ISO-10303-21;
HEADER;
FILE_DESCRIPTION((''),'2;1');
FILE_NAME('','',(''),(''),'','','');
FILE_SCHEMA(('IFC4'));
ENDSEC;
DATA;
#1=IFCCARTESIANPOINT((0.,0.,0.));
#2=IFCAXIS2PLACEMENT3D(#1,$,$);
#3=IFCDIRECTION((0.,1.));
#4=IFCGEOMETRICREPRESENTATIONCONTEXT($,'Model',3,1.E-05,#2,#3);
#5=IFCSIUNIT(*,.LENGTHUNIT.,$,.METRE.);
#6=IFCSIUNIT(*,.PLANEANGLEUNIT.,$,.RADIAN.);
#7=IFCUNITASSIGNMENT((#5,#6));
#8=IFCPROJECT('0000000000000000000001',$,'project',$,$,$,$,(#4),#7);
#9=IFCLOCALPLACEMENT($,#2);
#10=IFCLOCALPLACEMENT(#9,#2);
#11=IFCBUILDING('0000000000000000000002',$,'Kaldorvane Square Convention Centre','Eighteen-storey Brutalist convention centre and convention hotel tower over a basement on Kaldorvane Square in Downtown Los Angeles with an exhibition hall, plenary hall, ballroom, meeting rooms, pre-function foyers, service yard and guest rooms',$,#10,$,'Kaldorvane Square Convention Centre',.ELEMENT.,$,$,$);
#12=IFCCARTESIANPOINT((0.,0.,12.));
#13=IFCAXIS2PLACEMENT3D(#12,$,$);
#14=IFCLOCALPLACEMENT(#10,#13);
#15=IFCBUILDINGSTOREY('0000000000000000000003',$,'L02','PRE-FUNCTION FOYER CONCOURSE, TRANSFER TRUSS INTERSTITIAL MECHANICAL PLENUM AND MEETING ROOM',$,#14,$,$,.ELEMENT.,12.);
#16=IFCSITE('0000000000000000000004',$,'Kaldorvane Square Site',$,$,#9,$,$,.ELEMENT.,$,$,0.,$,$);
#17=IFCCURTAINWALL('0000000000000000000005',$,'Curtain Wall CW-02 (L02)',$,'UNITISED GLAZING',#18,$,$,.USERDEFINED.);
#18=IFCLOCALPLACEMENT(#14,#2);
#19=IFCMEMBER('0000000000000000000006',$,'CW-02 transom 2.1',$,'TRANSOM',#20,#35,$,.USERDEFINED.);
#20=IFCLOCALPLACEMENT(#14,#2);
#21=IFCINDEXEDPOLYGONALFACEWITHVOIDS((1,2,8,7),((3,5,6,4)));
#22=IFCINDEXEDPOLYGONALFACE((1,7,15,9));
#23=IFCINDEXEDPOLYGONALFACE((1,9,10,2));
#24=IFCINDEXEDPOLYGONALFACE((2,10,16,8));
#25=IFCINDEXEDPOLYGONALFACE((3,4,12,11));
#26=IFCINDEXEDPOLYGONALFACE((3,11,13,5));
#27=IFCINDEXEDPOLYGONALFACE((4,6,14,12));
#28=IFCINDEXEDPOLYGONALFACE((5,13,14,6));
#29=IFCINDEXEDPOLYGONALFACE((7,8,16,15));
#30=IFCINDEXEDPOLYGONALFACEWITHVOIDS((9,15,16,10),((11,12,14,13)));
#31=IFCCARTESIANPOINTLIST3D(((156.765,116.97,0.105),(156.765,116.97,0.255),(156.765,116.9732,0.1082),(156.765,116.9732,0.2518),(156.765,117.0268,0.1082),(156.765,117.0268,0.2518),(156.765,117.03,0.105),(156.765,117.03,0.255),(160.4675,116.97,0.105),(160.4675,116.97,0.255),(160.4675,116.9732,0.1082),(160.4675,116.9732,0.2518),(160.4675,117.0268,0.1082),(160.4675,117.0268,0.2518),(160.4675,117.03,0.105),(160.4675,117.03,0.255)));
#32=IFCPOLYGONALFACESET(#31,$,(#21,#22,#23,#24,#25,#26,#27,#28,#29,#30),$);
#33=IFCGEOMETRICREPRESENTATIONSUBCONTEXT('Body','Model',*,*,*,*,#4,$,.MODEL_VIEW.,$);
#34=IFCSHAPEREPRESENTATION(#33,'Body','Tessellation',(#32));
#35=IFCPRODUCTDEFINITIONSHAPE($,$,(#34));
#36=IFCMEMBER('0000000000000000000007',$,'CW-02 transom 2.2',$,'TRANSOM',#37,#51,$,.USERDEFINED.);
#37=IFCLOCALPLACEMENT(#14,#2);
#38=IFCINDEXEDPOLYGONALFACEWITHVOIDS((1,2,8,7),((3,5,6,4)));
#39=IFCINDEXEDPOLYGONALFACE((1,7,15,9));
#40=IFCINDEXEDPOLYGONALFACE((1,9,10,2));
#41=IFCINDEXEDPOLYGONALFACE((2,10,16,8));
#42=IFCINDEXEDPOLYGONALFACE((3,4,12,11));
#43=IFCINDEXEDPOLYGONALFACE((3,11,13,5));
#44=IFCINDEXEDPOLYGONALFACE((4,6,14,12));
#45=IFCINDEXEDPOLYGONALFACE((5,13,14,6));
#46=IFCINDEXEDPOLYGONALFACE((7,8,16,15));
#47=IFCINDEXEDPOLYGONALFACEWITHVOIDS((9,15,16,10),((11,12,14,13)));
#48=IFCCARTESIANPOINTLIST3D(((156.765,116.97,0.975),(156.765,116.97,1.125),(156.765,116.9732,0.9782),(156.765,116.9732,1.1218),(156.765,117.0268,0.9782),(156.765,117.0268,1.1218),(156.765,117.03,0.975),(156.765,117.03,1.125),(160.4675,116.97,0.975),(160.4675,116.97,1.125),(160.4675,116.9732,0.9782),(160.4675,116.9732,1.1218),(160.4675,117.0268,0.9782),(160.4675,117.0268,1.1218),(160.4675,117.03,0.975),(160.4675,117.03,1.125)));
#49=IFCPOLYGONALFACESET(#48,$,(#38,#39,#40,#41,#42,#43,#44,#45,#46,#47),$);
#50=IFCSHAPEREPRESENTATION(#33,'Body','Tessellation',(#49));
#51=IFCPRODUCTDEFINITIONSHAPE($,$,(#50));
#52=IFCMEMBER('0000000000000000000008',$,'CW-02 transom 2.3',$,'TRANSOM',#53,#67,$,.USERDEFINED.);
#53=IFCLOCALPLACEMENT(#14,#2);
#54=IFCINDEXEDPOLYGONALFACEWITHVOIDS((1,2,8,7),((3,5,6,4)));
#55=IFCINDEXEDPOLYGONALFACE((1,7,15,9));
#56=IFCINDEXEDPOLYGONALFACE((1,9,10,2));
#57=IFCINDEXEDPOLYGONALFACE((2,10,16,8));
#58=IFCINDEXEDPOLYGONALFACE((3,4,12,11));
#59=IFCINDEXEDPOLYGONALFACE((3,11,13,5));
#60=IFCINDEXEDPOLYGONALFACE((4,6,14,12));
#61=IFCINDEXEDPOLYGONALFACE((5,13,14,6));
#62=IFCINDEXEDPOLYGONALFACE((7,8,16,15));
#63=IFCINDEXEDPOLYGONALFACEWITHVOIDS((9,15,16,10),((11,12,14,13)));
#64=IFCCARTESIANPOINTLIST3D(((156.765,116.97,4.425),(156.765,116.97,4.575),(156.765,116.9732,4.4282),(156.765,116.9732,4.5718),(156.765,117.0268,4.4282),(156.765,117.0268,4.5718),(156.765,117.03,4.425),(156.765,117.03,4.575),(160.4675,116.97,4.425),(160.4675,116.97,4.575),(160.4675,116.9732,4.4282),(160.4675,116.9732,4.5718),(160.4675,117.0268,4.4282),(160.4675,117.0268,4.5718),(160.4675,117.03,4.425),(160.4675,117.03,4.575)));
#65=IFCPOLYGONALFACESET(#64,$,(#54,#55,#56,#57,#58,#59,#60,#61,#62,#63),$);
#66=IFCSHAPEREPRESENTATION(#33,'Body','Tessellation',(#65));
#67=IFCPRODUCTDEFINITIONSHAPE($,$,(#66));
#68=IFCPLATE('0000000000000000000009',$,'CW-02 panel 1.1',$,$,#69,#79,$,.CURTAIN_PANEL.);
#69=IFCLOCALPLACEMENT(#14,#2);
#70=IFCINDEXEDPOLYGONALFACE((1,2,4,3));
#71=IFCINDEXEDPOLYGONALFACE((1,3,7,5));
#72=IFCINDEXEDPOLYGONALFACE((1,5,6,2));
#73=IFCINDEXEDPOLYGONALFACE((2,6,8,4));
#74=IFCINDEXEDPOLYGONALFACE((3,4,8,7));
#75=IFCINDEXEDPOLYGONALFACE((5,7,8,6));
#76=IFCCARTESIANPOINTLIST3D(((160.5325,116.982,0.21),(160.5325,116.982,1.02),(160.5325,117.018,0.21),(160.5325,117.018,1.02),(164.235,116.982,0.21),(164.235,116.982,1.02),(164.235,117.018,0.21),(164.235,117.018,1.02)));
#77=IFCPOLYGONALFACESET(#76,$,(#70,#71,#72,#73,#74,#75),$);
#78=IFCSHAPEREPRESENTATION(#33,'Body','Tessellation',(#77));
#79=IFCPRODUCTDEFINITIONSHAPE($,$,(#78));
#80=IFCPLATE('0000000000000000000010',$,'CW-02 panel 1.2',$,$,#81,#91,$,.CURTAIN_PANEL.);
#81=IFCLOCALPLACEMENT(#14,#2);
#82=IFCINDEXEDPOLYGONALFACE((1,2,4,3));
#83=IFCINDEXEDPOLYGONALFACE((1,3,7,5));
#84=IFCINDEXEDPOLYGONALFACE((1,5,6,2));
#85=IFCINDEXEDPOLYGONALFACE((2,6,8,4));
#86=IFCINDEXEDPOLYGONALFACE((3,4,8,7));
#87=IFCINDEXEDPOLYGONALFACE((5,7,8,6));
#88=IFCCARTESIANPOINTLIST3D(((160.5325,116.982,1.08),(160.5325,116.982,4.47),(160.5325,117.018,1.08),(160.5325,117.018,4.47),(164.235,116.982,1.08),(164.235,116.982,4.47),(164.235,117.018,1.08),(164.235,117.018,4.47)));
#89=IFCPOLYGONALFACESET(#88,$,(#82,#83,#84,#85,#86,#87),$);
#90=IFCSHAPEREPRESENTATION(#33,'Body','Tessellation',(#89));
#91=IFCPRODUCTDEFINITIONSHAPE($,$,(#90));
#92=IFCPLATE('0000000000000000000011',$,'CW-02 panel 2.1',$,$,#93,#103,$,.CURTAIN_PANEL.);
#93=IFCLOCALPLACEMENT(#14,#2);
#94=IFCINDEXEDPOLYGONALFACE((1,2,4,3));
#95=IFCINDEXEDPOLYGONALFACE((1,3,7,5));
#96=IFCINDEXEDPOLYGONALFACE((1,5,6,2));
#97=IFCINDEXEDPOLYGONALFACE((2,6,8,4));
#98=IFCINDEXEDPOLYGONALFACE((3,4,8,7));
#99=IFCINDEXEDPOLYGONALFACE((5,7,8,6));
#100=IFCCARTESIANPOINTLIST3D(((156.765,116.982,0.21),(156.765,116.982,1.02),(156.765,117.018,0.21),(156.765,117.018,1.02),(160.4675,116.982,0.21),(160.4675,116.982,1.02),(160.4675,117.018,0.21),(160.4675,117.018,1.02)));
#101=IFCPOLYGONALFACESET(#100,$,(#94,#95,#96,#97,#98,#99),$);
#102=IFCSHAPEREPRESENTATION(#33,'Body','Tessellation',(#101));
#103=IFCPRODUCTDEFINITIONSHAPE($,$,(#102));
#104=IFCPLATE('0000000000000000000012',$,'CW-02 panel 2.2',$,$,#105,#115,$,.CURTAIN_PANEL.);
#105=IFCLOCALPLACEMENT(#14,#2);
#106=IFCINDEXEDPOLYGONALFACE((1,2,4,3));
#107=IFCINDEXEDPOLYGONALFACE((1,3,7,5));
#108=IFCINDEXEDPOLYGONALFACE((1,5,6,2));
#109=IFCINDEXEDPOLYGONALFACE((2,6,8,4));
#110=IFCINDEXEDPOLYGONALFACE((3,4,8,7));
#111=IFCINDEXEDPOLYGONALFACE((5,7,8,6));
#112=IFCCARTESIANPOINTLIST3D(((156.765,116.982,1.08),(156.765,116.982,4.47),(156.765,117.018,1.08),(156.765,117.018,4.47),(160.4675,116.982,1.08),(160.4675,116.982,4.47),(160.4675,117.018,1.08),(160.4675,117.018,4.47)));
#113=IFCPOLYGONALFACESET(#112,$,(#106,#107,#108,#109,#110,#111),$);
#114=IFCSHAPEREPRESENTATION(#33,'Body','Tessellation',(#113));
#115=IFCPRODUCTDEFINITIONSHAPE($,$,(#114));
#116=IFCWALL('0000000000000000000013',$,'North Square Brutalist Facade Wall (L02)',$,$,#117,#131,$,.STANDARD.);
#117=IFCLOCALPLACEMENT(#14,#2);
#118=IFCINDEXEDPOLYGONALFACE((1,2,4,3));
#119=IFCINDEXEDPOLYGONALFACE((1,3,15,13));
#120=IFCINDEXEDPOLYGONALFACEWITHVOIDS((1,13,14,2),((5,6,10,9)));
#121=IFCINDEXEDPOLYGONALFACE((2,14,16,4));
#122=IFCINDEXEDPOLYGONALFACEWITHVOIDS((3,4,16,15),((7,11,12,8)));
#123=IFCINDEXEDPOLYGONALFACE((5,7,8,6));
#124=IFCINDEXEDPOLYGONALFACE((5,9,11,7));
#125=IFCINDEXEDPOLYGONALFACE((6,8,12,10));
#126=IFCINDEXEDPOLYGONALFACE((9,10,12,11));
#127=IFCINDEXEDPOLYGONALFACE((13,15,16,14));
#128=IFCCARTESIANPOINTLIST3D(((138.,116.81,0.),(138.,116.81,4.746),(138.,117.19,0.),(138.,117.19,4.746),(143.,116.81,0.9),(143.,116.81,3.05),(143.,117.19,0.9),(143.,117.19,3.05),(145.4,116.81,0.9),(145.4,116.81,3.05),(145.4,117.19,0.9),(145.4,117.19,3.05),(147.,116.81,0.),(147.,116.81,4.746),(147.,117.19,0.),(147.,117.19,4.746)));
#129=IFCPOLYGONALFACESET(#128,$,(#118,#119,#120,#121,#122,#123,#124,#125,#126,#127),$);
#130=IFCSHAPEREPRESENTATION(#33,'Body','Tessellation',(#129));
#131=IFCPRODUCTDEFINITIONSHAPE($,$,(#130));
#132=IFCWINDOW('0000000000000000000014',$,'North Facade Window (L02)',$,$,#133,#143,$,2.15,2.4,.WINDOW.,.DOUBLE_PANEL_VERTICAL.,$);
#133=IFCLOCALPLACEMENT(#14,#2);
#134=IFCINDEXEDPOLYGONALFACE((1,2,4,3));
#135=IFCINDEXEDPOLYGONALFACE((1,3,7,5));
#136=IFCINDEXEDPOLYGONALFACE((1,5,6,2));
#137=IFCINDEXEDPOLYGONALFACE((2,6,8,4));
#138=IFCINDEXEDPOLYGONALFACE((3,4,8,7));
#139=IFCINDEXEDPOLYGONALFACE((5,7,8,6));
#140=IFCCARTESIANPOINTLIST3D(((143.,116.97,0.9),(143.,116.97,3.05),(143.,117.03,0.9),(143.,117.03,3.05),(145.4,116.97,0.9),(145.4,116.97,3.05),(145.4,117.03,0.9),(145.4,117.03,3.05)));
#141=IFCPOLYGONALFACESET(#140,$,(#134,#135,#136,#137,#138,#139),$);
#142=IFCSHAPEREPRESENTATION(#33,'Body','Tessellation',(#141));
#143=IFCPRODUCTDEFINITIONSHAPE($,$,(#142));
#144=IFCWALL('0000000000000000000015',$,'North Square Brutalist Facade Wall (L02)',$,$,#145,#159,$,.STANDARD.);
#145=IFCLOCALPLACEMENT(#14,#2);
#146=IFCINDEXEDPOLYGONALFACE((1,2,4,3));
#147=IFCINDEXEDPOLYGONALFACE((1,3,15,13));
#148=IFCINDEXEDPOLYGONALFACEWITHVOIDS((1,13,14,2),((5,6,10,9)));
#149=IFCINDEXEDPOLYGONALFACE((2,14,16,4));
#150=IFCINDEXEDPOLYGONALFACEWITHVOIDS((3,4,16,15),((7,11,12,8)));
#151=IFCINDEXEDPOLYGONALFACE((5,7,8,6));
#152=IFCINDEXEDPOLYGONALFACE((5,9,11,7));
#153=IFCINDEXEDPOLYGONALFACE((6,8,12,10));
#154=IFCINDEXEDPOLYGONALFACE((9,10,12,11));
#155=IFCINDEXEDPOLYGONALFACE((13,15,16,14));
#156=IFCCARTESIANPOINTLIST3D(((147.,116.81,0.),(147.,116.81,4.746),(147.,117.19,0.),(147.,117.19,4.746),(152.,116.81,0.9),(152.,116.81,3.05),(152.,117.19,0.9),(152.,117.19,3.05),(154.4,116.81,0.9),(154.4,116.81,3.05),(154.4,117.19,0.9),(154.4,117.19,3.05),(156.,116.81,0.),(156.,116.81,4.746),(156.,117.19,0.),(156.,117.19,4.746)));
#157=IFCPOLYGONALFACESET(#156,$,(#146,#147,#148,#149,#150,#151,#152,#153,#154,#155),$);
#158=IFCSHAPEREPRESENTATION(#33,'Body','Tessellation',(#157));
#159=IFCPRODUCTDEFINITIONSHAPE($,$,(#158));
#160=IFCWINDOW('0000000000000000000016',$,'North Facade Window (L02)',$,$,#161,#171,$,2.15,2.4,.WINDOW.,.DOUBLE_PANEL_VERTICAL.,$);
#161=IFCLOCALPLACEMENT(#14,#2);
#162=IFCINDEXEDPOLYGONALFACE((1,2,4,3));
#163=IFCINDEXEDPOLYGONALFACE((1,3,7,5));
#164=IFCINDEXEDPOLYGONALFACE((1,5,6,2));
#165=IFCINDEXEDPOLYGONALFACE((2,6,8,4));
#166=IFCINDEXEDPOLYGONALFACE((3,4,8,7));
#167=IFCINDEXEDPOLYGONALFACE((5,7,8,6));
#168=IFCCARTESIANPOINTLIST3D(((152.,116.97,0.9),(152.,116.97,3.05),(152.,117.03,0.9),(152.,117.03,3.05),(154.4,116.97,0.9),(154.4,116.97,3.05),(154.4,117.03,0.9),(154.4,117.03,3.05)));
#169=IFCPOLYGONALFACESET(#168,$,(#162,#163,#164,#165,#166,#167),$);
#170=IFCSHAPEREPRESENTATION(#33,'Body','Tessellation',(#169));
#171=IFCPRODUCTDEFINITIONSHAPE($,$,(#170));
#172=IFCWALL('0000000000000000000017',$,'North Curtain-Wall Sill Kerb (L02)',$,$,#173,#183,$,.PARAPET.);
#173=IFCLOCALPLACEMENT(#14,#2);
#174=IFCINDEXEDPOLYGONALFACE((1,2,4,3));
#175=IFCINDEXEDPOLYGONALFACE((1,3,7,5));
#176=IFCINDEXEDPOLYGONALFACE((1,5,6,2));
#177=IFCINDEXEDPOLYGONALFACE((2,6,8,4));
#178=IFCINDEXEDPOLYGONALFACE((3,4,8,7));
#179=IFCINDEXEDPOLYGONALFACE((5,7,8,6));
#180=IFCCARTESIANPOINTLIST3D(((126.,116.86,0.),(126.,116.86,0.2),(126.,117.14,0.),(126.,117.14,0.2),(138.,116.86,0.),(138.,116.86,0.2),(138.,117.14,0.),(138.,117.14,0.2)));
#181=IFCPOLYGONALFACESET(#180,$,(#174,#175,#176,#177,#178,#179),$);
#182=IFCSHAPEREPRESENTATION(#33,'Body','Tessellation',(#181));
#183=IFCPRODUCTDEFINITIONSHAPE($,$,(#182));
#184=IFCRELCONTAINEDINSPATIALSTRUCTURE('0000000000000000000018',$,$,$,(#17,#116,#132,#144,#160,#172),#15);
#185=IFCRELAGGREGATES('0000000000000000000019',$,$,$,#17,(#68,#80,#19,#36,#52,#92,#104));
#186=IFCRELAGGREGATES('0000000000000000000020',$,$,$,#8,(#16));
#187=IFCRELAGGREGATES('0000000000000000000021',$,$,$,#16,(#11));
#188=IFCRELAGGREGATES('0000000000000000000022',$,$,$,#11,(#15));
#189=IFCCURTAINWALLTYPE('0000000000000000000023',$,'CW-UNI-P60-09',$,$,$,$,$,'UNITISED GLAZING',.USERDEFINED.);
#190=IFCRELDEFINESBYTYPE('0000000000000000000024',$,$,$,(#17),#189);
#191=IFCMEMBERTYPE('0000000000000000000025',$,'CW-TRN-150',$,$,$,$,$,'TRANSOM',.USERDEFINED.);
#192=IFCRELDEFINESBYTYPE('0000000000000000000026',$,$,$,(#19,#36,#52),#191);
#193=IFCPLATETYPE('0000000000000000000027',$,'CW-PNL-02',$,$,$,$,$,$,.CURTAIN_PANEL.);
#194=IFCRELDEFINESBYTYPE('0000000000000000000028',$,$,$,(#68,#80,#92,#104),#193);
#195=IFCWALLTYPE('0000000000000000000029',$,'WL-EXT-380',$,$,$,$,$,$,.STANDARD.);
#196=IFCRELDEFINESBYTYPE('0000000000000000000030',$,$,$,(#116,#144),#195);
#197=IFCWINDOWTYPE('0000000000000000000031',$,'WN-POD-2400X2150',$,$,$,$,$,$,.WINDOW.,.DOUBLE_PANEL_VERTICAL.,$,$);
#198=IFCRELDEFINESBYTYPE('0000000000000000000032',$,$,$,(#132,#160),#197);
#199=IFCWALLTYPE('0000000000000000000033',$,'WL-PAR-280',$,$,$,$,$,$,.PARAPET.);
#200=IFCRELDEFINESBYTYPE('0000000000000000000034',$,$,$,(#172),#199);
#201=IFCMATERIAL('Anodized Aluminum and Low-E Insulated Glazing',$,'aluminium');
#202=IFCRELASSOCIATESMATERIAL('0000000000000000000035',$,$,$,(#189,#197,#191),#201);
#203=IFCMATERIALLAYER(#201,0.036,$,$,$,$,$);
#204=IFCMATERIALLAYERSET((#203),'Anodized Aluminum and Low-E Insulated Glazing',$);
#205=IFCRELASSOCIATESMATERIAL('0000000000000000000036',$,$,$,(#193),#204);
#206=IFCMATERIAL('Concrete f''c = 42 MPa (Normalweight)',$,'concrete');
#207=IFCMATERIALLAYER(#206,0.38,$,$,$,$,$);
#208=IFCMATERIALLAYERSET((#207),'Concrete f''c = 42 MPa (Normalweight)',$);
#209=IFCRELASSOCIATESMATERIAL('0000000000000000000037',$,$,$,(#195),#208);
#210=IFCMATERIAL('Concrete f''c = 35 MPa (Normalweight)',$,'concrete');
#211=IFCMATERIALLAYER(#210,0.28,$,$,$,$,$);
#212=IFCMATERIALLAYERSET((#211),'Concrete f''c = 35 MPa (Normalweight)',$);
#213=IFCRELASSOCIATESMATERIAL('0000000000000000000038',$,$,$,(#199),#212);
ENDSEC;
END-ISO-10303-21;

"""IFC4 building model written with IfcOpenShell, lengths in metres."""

from ifc_helpers import new_model, si_unit, direction, frame, frame_2d, origin, origin_2d, place, context, subcontext, project, spatial, rectangle, hollow_rectangle, extrude, material, layer, layer_set, material_profile, profile_set, type_object, element, fill, aggregate, save


model = new_model("IFC4")

# Units and contexts
model_context = context("Model", 3, precision=1e-05, world=origin(), true_north=direction((0.0, 1.0)))
body_context = subcontext(model_context, "Body", "Model", "MODEL_VIEW")
ifc_project = project(units=[si_unit("LENGTHUNIT", "METRE"), si_unit("PLANEANGLEUNIT", "RADIAN")], contexts=[model_context])

# Site, building, storey
site_placement = place(None, origin())
site = spatial("IfcSite", under=ifc_project, at=site_placement, Name="Kaldorvane Square Site", CompositionType="ELEMENT", RefElevation=0.0)
building_placement = place(site_placement, origin())
building = spatial("IfcBuilding", under=site, at=building_placement, Name="Kaldorvane Square Convention Centre", Description="Eighteen-storey Brutalist convention centre and convention hotel tower over a basement on Kaldorvane Square in Downtown Los Angeles with an exhibition hall, plenary hall, ballroom, meeting rooms, pre-function foyers, service yard and guest rooms", LongName="Kaldorvane Square Convention Centre", CompositionType="ELEMENT")
storey_placement = place(building_placement, frame((0.0, 0.0, 12.0)))
storey = spatial("IfcBuildingStorey", under=building, at=storey_placement, Name="L02", Description="PRE-FUNCTION FOYER CONCOURSE, TRANSFER TRUSS INTERSTITIAL MECHANICAL PLENUM AND MEETING ROOM", CompositionType="ELEMENT", Elevation=12.0)

# Shared definitions
ifc_material_1 = material(Name="Concrete f'c = 42 MPa (Normalweight)", Category="concrete")

# Curtain wall, members, plates
ifc_material_2 = material(Name="Anodized Aluminum and Low-E Insulated Glazing", Category="aluminium")
curtain_wall_type = type_object("IfcCurtainWallType", Name="CW-UNI-P60-09", ElementType="UNITISED GLAZING", PredefinedType="USERDEFINED", material=ifc_material_2)
curtain_wall_placement = place(storey_placement, origin())
curtain_wall = element("IfcCurtainWall", 1, at=curtain_wall_placement, inside=storey, type_object=curtain_wall_type, Name="Curtain Wall CW-02 (L02)", ObjectType="UNITISED GLAZING", PredefinedType="USERDEFINED")
ifc_material_profile_1 = material_profile(ifc_material_2, hollow_rectangle(XDim=0.06, YDim=0.15, WallThickness=0.0032, at=origin_2d()), Name="CWT-150X60")
ifc_profile_set_1 = profile_set([ifc_material_profile_1], Name="Anodized Aluminum and Low-E Insulated Glazing")
member_type_1 = type_object("IfcMemberType", Name="CW-TRN-150", ElementType="TRANSOM", PredefinedType="USERDEFINED", material=ifc_profile_set_1)
member_1_placement = place(storey_placement, frame((160.4675, 117.0, 0.18), z_axis=(-1.0, 0.0, 0.0), x_axis=(0.0, -1.0, 0.0)))
member_1 = element("IfcMember", 2, at=member_1_placement, type_object=member_type_1, Name="CW-02 transom 2.1", ObjectType="TRANSOM", PredefinedType="USERDEFINED", context=body_context, shape_type="SweptSolid", body=[
    extrude(hollow_rectangle(XDim=0.06, YDim=0.15, WallThickness=0.0032, at=origin_2d()), origin(), (0.0, 0.0, 1.0), 3.7025),
])
member_2_placement = place(storey_placement, frame((160.4675, 117.0, 1.05), z_axis=(-1.0, 0.0, 0.0), x_axis=(0.0, -1.0, 0.0)))
member_2 = element("IfcMember", 3, at=member_2_placement, type_object=member_type_1, Name="CW-02 transom 2.2", ObjectType="TRANSOM", PredefinedType="USERDEFINED", context=body_context, shape_type="SweptSolid", body=[
    extrude(hollow_rectangle(XDim=0.06, YDim=0.15, WallThickness=0.0032, at=origin_2d()), origin(), (0.0, 0.0, 1.0), 3.7025),
])
member_3_placement = place(storey_placement, frame((160.4675, 117.0, 4.5), z_axis=(-1.0, 0.0, 0.0), x_axis=(0.0, -1.0, 0.0)))
member_3 = element("IfcMember", 4, at=member_3_placement, type_object=member_type_1, Name="CW-02 transom 2.3", ObjectType="TRANSOM", PredefinedType="USERDEFINED", context=body_context, shape_type="SweptSolid", body=[
    extrude(hollow_rectangle(XDim=0.06, YDim=0.15, WallThickness=0.0032, at=origin_2d()), origin(), (0.0, 0.0, 1.0), 3.7025),
])
ifc_layer_1 = layer(ifc_material_2, 0.036)
ifc_layer_set_1 = layer_set([ifc_layer_1], Name="Anodized Aluminum and Low-E Insulated Glazing")
plate_type = type_object("IfcPlateType", Name="CW-PNL-02", PredefinedType="CURTAIN_PANEL", material=ifc_layer_set_1)
plate_1_placement = place(storey_placement, frame((162.3837, 117.0, 0.21), z_axis=(0.0, 0.0, 1.0), x_axis=(-1.0, 0.0, 0.0)))
plate_1 = element("IfcPlate", 5, at=plate_1_placement, type_object=plate_type, Name="CW-02 panel 1.1", PredefinedType="CURTAIN_PANEL", context=body_context, shape_type="SweptSolid", body=[
    extrude(rectangle(XDim=3.7025, YDim=0.036, at=origin_2d()), origin(), (0.0, 0.0, 1.0), 0.81),
])
plate_2_placement = place(storey_placement, frame((162.3837, 117.0, 1.08), z_axis=(0.0, 0.0, 1.0), x_axis=(-1.0, 0.0, 0.0)))
plate_2 = element("IfcPlate", 6, at=plate_2_placement, type_object=plate_type, Name="CW-02 panel 1.2", PredefinedType="CURTAIN_PANEL", context=body_context, shape_type="SweptSolid", body=[
    extrude(rectangle(XDim=3.7025, YDim=0.036, at=origin_2d()), origin(), (0.0, 0.0, 1.0), 3.39),
])
plate_3_placement = place(storey_placement, frame((158.6163, 117.0, 0.21), z_axis=(0.0, 0.0, 1.0), x_axis=(-1.0, 0.0, 0.0)))
plate_3 = element("IfcPlate", 7, at=plate_3_placement, type_object=plate_type, Name="CW-02 panel 2.1", PredefinedType="CURTAIN_PANEL", context=body_context, shape_type="SweptSolid", body=[
    extrude(rectangle(XDim=3.7025, YDim=0.036, at=origin_2d()), origin(), (0.0, 0.0, 1.0), 0.81),
])
plate_4_placement = place(storey_placement, frame((158.6163, 117.0, 1.08), z_axis=(0.0, 0.0, 1.0), x_axis=(-1.0, 0.0, 0.0)))
plate_4 = element("IfcPlate", 8, at=plate_4_placement, type_object=plate_type, Name="CW-02 panel 2.2", PredefinedType="CURTAIN_PANEL", context=body_context, shape_type="SweptSolid", body=[
    extrude(rectangle(XDim=3.7025, YDim=0.036, at=origin_2d()), origin(), (0.0, 0.0, 1.0), 3.39),
])
aggregate(curtain_wall, [plate_1, plate_2, member_1, member_2, member_3, plate_3, plate_4])

# Walls, openings, windows
ifc_layer_2 = layer(ifc_material_1, 0.38)
ifc_layer_set_2 = layer_set([ifc_layer_2], Name="Concrete f'c = 42 MPa (Normalweight)")
wall_type_1 = type_object("IfcWallType", Name="WL-EXT-380", PredefinedType="STANDARD", material=ifc_layer_set_2)
wall_1_placement = place(storey_placement, frame((147.0, 117.0, 0.0), z_axis=(0.0, 0.0, 1.0), x_axis=(-1.0, 0.0, 0.0)))
wall_1 = element("IfcWall", 9, at=wall_1_placement, inside=storey, type_object=wall_type_1, Name="North Square Brutalist Facade Wall (L02)", PredefinedType="STANDARD", context=body_context, shape_type="SweptSolid", body=[
    extrude(rectangle(XDim=9.0, YDim=0.38, at=frame_2d((4.5, 0.0))), origin(), (0.0, 0.0, 1.0), 4.746),
])
opening_1_placement = place(wall_1_placement, frame((1.6, 0.0, 0.9)))
opening_1 = element("IfcOpeningElement", 10, at=opening_1_placement, cuts=wall_1, PredefinedType="OPENING", context=body_context, shape_type="SweptSolid", body=[
    extrude(rectangle(XDim=2.4, YDim=2.15, at=frame_2d((1.2, 1.075))), frame((0.0, 0.205, 0.0), z_axis=(0.0, -1.0, 0.0), x_axis=(1.0, 0.0, 0.0)), (0.0, 0.0, 1.0), 0.41),
])
window_type = type_object("IfcWindowType", Name="WN-POD-2400X2150", PartitioningType="DOUBLE_PANEL_VERTICAL", PredefinedType="WINDOW", material=ifc_material_2)
window_1_placement = place(opening_1_placement, origin())
window_1 = element("IfcWindow", 11, at=window_1_placement, inside=storey, type_object=window_type, Name="North Facade Window (L02)", OverallHeight=2.15, OverallWidth=2.4, PartitioningType="DOUBLE_PANEL_VERTICAL", PredefinedType="WINDOW", context=body_context, shape_type="SweptSolid", body=[
    extrude(rectangle(XDim=2.4, YDim=2.15, at=frame_2d((1.2, 1.075))), frame((0.0, 0.03, 0.0), z_axis=(0.0, -1.0, 0.0), x_axis=(1.0, 0.0, 0.0)), (0.0, 0.0, 1.0), 0.06),
])
fill(opening_1, window_1)
wall_2_placement = place(storey_placement, frame((156.0, 117.0, 0.0), z_axis=(0.0, 0.0, 1.0), x_axis=(-1.0, 0.0, 0.0)))
wall_2 = element("IfcWall", 12, at=wall_2_placement, inside=storey, type_object=wall_type_1, Name="North Square Brutalist Facade Wall (L02)", PredefinedType="STANDARD", context=body_context, shape_type="SweptSolid", body=[
    extrude(rectangle(XDim=9.0, YDim=0.38, at=frame_2d((4.5, 0.0))), origin(), (0.0, 0.0, 1.0), 4.746),
])
opening_2_placement = place(wall_2_placement, frame((1.6, 0.0, 0.9)))
opening_2 = element("IfcOpeningElement", 13, at=opening_2_placement, cuts=wall_2, PredefinedType="OPENING", context=body_context, shape_type="SweptSolid", body=[
    extrude(rectangle(XDim=2.4, YDim=2.15, at=frame_2d((1.2, 1.075))), frame((0.0, 0.205, 0.0), z_axis=(0.0, -1.0, 0.0), x_axis=(1.0, 0.0, 0.0)), (0.0, 0.0, 1.0), 0.41),
])
window_2_placement = place(opening_2_placement, origin())
window_2 = element("IfcWindow", 14, at=window_2_placement, inside=storey, type_object=window_type, Name="North Facade Window (L02)", OverallHeight=2.15, OverallWidth=2.4, PartitioningType="DOUBLE_PANEL_VERTICAL", PredefinedType="WINDOW", context=body_context, shape_type="SweptSolid", body=[
    extrude(rectangle(XDim=2.4, YDim=2.15, at=frame_2d((1.2, 1.075))), frame((0.0, 0.03, 0.0), z_axis=(0.0, -1.0, 0.0), x_axis=(1.0, 0.0, 0.0)), (0.0, 0.0, 1.0), 0.06),
])
fill(opening_2, window_2)

# Wall
ifc_material_3 = material(Name="Concrete f'c = 35 MPa (Normalweight)", Category="concrete")
ifc_layer_3 = layer(ifc_material_3, 0.28)
ifc_layer_set_3 = layer_set([ifc_layer_3], Name="Concrete f'c = 35 MPa (Normalweight)")
wall_type_2 = type_object("IfcWallType", Name="WL-PAR-280", PredefinedType="PARAPET", material=ifc_layer_set_3)
wall_3_placement = place(storey_placement, frame((138.0, 117.0, 0.0), z_axis=(0.0, 0.0, 1.0), x_axis=(-1.0, 0.0, 0.0)))
element("IfcWall", 15, at=wall_3_placement, inside=storey, type_object=wall_type_2, Name="North Curtain-Wall Sill Kerb (L02)", PredefinedType="PARAPET", context=body_context, shape_type="SweptSolid", body=[
    extrude(rectangle(XDim=12.0, YDim=0.28, at=frame_2d((6.0, 0.0))), origin(), (0.0, 0.0, 1.0), 0.2),
])

save(model, "model.ifc")
